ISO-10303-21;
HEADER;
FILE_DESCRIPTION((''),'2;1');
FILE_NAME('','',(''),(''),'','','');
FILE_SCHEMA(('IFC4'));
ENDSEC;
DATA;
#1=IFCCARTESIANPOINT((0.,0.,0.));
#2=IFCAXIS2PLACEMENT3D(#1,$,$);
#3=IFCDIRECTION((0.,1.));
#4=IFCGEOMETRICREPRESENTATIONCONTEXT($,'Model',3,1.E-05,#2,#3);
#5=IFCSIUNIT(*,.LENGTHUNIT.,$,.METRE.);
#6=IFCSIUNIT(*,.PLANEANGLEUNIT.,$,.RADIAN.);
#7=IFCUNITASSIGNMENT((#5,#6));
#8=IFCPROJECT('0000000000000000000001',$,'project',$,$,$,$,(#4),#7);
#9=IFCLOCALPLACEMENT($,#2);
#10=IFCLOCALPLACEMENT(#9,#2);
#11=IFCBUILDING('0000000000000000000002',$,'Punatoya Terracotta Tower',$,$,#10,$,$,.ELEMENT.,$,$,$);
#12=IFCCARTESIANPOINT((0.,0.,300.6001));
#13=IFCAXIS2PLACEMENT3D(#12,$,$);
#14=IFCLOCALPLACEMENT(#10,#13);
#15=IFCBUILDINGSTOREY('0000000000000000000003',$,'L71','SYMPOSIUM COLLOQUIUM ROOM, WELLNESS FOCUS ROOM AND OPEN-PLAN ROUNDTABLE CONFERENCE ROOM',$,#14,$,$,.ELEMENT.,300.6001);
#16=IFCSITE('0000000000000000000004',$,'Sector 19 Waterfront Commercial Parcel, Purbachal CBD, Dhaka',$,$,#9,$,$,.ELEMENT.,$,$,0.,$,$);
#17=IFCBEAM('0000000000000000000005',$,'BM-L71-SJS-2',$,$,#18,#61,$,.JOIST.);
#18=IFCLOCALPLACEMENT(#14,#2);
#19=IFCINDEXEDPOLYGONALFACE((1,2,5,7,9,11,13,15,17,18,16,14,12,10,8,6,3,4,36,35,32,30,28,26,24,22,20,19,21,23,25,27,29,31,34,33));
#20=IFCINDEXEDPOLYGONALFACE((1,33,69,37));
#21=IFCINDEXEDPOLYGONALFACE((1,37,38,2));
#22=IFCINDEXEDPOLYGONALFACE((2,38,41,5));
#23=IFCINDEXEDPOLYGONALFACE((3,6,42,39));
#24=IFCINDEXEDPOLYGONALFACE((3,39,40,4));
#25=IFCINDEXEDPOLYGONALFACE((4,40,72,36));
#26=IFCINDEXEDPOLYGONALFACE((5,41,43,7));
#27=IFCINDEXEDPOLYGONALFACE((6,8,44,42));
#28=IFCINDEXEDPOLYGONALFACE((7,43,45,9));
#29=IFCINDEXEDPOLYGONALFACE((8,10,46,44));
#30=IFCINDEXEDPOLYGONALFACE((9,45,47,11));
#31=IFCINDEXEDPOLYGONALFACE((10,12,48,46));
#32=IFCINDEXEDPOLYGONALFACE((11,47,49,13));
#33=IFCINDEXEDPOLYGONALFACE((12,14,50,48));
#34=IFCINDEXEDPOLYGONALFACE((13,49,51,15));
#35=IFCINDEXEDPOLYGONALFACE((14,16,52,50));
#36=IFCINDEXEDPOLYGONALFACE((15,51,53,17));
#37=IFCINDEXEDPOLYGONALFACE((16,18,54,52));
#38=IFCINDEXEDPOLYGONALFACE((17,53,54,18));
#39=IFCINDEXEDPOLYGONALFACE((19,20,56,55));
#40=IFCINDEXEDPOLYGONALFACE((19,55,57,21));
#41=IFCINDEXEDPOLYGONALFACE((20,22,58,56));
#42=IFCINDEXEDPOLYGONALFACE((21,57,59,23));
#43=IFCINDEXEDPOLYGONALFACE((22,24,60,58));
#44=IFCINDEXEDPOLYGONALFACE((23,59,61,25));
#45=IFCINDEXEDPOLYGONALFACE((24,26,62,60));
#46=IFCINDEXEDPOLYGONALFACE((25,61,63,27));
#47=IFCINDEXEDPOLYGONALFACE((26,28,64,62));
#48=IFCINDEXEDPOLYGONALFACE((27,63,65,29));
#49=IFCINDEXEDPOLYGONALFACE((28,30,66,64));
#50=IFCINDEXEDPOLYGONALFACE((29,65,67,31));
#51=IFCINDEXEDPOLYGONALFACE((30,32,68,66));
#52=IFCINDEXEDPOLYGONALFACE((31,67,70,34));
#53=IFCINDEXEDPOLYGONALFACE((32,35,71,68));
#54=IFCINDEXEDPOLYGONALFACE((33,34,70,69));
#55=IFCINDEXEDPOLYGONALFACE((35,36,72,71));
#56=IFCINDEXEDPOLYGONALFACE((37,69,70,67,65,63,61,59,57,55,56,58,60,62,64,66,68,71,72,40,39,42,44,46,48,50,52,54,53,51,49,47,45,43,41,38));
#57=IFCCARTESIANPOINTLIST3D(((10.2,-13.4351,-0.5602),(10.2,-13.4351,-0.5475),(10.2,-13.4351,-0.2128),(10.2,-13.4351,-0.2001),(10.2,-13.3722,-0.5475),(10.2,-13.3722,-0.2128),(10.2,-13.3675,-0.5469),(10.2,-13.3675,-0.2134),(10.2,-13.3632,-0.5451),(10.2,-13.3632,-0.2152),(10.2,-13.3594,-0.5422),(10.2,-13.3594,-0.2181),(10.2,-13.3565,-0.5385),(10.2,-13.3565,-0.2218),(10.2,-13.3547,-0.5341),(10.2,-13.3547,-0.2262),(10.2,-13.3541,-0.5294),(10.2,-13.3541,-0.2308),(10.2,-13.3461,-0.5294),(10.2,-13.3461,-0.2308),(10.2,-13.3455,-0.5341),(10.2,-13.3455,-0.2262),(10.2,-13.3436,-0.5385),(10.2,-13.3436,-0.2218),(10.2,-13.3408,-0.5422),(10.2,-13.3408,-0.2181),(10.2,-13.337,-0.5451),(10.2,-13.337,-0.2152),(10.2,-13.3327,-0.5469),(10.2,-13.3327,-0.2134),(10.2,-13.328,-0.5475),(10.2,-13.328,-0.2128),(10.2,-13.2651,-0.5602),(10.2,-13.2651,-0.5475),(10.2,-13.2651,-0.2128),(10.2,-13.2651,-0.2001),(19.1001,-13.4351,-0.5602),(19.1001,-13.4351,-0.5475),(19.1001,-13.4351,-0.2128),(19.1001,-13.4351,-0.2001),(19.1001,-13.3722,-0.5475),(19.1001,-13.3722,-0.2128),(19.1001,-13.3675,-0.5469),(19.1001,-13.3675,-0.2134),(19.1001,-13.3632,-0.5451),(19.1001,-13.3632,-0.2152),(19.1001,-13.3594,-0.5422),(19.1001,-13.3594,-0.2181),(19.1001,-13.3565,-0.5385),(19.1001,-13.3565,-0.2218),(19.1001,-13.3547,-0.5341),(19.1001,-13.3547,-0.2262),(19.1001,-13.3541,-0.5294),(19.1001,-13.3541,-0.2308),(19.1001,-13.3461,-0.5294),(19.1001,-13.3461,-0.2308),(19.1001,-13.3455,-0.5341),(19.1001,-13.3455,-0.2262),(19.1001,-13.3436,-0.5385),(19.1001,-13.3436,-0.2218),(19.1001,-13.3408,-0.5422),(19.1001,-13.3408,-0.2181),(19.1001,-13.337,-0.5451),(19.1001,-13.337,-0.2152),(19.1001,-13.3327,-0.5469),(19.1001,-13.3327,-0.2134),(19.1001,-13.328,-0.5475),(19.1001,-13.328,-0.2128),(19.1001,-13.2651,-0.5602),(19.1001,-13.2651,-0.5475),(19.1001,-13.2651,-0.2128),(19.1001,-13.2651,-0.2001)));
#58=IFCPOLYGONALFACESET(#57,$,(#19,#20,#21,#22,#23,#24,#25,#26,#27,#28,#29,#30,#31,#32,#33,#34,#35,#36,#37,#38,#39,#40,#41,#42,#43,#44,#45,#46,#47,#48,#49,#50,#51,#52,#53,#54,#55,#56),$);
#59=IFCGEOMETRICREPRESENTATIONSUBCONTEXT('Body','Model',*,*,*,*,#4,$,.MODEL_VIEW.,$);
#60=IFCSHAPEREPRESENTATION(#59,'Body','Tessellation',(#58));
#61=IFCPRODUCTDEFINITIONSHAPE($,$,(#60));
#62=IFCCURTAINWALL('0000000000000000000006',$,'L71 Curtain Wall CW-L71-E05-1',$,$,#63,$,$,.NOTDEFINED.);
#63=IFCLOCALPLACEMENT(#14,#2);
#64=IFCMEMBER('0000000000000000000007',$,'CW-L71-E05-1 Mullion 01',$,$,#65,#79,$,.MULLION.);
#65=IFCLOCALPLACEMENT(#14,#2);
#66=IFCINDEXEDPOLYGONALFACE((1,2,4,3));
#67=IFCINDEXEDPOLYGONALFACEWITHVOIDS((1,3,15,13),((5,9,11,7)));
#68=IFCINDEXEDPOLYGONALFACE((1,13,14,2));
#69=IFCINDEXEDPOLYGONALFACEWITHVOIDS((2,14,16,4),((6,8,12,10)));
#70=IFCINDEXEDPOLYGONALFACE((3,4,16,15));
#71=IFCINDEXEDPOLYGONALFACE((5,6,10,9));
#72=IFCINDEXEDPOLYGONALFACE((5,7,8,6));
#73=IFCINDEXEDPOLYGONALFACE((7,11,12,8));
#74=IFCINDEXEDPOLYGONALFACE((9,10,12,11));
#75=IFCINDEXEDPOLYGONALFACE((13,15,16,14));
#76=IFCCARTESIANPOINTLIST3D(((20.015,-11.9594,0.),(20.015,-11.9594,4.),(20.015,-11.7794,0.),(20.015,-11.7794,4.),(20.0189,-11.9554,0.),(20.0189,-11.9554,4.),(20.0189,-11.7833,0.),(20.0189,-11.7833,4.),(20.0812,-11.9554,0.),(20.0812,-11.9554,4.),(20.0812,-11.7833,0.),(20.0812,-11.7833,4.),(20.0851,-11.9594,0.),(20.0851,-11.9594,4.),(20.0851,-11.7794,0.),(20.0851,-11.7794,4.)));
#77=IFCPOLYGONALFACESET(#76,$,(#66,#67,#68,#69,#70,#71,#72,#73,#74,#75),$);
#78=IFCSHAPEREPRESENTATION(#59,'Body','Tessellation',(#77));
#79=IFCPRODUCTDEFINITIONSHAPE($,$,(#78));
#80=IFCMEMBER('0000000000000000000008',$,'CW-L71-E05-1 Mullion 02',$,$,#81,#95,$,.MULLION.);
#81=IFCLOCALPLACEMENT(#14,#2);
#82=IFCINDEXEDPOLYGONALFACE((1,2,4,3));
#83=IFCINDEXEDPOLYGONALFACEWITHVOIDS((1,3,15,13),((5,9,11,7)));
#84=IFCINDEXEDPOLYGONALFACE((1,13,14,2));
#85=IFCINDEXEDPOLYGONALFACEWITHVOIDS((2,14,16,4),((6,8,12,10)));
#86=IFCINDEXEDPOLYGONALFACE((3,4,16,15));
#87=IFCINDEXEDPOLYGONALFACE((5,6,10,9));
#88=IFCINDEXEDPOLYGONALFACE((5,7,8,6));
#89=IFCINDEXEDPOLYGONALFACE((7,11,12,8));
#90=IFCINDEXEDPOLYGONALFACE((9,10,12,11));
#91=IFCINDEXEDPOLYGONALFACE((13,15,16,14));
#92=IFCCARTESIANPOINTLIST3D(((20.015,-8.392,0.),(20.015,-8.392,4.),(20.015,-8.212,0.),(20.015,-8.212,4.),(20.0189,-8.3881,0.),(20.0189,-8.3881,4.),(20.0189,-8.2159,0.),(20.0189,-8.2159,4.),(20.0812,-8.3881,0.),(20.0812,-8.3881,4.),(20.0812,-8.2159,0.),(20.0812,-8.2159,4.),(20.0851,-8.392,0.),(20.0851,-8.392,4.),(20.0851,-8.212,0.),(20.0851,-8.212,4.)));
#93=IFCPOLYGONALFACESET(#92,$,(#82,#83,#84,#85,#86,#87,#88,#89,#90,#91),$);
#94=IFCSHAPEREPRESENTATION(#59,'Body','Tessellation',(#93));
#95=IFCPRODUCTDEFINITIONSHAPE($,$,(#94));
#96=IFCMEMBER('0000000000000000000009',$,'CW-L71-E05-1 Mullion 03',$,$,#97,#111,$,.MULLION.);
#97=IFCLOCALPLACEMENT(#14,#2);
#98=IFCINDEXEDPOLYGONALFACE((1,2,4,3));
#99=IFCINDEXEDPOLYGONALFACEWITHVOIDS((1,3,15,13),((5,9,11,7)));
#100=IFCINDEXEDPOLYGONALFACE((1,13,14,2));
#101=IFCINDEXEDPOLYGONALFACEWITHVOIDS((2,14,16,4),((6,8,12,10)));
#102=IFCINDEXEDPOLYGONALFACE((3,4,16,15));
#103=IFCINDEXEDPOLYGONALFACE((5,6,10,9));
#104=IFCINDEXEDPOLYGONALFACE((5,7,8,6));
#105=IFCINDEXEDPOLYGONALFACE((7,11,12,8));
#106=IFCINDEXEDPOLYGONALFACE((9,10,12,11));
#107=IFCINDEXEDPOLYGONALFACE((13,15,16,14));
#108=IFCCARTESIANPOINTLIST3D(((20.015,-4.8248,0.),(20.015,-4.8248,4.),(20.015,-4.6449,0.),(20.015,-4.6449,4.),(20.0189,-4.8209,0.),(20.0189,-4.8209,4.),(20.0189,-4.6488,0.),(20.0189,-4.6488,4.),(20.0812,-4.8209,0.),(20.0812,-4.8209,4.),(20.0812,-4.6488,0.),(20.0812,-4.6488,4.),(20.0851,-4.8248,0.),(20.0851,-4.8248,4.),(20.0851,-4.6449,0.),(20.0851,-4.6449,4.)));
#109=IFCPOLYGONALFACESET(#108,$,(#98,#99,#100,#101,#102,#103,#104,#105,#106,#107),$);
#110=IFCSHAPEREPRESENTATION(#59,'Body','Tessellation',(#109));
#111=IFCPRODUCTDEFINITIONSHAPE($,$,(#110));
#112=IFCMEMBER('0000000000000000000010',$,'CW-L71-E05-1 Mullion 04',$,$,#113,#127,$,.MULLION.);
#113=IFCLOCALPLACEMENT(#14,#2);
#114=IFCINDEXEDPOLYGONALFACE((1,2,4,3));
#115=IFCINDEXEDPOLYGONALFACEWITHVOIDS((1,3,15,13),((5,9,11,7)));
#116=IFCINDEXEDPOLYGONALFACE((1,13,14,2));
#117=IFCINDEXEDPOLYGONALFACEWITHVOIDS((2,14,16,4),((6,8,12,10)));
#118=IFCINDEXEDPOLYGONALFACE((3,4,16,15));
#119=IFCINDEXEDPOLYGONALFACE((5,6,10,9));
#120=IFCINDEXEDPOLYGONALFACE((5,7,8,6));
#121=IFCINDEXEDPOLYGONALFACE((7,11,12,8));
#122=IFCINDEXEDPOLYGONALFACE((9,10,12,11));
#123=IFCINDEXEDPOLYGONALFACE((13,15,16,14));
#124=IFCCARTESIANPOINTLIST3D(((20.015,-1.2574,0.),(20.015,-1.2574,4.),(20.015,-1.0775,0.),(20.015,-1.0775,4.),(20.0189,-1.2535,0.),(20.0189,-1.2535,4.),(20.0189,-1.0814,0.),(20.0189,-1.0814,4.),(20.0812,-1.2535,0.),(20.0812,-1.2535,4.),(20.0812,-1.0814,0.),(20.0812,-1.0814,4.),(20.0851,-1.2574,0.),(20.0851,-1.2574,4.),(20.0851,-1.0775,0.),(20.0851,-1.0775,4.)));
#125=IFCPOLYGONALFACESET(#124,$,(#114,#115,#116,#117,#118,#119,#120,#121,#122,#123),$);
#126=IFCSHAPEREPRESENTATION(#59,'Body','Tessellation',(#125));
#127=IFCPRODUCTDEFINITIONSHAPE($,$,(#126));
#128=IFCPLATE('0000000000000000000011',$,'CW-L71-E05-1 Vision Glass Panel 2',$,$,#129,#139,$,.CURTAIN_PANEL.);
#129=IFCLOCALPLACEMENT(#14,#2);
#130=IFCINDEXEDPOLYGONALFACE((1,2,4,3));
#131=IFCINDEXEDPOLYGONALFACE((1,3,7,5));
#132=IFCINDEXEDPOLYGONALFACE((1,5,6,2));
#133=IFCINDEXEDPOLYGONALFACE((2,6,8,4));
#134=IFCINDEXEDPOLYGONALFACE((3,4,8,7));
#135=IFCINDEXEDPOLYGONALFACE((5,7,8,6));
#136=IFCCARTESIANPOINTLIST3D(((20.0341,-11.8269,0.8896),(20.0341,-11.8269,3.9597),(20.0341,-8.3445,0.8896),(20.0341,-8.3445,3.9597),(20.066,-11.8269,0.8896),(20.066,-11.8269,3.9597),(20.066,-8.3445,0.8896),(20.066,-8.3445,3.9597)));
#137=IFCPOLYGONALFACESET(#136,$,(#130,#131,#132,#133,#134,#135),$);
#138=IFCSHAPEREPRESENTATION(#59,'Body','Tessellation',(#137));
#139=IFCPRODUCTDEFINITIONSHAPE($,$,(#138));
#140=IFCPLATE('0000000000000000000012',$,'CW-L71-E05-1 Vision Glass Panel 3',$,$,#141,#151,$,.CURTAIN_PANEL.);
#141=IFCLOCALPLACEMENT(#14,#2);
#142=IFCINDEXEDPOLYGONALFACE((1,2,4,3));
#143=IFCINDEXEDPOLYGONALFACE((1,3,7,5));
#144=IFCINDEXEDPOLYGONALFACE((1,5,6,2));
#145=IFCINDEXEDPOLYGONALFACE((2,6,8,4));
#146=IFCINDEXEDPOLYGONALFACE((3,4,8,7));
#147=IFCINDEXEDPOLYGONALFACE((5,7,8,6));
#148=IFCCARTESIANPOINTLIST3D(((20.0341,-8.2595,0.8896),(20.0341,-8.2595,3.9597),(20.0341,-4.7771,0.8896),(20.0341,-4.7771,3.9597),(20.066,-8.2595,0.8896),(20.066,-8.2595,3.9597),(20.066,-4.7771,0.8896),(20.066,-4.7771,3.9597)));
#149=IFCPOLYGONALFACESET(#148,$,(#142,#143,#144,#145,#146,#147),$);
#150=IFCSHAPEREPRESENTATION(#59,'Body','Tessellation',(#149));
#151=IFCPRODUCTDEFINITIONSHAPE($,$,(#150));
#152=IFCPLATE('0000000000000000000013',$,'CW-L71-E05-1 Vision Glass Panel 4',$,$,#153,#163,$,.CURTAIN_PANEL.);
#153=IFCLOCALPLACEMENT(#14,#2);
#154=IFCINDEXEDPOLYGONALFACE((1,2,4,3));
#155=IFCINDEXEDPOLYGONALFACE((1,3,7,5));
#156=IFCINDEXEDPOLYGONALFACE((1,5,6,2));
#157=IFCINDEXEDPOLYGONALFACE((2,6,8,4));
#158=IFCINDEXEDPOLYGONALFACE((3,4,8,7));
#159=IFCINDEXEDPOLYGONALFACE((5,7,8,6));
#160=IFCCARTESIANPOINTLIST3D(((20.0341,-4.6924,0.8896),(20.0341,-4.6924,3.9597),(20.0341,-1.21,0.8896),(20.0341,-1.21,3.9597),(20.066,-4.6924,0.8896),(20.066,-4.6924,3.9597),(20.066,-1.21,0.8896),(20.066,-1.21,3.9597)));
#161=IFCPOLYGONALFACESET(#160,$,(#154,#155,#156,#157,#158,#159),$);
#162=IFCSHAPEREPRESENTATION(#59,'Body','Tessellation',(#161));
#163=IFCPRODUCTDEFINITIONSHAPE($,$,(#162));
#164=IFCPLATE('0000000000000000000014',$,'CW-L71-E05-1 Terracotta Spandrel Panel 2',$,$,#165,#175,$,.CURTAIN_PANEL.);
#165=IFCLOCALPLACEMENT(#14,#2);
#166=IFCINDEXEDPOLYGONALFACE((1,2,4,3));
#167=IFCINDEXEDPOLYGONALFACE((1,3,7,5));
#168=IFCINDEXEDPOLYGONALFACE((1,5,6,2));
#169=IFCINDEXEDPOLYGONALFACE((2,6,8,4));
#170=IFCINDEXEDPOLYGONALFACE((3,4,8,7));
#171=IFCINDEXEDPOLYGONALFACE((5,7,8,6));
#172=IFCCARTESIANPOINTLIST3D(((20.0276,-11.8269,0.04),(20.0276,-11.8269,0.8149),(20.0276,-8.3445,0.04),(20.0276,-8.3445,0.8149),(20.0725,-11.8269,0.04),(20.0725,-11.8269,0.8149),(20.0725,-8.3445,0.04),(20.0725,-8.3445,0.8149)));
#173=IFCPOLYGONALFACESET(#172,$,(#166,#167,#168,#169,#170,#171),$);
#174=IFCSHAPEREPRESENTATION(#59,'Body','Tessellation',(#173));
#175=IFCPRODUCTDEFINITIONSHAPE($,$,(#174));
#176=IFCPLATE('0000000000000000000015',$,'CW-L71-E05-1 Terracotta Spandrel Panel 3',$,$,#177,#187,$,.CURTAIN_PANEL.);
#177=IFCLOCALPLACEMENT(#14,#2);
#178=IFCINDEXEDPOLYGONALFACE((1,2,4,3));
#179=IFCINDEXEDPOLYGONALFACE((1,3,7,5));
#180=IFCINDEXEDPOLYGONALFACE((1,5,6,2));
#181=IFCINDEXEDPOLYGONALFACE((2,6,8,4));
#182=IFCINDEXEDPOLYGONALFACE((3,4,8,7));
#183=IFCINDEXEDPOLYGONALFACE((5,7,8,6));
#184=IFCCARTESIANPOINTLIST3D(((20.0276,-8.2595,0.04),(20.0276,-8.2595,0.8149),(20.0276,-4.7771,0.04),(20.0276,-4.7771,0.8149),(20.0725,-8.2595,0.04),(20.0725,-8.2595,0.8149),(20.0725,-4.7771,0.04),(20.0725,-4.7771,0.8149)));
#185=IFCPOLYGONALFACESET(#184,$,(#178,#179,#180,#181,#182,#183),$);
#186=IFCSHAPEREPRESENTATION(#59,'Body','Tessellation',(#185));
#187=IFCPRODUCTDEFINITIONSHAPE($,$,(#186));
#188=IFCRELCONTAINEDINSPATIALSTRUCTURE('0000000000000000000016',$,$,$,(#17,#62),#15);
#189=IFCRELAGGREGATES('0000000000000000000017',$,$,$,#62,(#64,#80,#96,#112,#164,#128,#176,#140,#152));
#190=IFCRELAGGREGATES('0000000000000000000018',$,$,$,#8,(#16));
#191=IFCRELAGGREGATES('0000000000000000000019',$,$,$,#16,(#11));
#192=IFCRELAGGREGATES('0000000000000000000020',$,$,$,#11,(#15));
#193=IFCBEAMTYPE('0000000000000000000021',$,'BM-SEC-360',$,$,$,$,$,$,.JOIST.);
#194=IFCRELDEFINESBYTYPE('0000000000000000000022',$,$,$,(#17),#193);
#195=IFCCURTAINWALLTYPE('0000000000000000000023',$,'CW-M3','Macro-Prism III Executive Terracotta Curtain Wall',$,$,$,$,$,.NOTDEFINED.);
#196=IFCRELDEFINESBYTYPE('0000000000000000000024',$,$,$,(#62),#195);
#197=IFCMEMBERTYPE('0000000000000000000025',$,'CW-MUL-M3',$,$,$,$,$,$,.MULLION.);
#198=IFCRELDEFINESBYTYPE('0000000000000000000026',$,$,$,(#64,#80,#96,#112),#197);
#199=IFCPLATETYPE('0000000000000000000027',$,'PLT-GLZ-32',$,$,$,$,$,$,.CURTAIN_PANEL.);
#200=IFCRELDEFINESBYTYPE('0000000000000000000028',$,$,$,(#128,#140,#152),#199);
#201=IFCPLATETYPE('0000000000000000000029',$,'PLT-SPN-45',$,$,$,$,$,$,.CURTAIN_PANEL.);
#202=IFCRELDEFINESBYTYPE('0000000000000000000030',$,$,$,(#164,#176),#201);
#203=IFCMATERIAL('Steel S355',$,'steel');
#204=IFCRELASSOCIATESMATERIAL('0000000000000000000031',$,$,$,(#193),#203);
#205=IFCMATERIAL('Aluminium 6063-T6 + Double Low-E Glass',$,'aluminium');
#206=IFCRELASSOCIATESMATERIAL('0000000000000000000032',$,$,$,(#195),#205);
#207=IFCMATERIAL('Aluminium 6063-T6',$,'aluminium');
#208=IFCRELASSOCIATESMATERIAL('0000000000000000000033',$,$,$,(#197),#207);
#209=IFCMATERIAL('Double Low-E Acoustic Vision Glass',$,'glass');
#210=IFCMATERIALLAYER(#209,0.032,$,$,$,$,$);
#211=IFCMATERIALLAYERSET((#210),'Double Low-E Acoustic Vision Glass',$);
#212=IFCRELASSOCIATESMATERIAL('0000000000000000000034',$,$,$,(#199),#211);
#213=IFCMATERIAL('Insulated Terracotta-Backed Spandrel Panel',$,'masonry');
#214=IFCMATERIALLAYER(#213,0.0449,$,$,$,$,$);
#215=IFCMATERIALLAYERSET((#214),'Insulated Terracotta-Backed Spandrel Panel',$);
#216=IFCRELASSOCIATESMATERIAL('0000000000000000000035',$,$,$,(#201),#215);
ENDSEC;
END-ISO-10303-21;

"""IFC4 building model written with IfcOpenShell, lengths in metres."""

from ifc_helpers import new_model, si_unit, direction, frame, origin, origin_2d, place, context, subcontext, project, spatial, rectangle, hollow_rectangle, i_section, extrude, material, layer, layer_set, material_profile, profile_set, type_object, element, aggregate, save


model = new_model("IFC4")

# Units and contexts
model_context = context("Model", 3, precision=1e-05, world=origin(), true_north=direction((0.0, 1.0)))
body_context = subcontext(model_context, "Body", "Model", "MODEL_VIEW")
ifc_project = project(units=[si_unit("LENGTHUNIT", "METRE"), si_unit("PLANEANGLEUNIT", "RADIAN")], contexts=[model_context])

# Site, building, storey
site_placement = place(None, origin())
site = spatial("IfcSite", under=ifc_project, at=site_placement, Name="Sector 19 Waterfront Commercial Parcel, Purbachal CBD, Dhaka", CompositionType="ELEMENT", RefElevation=0.0)
building_placement = place(site_placement, origin())
building = spatial("IfcBuilding", under=site, at=building_placement, Name="Punatoya Terracotta Tower", CompositionType="ELEMENT")
storey_placement = place(building_placement, frame((0.0, 0.0, 300.6001)))
storey = spatial("IfcBuildingStorey", under=building, at=storey_placement, Name="L71", Description="SYMPOSIUM COLLOQUIUM ROOM, WELLNESS FOCUS ROOM AND OPEN-PLAN ROUNDTABLE CONFERENCE ROOM", CompositionType="ELEMENT", Elevation=300.6001)

# Beam
ifc_material_1 = material(Name="Steel S355", Category="steel")
ifc_material_profile_1 = material_profile(ifc_material_1, i_section(OverallWidth=0.1699, OverallDepth=0.3601, WebThickness=0.0081, FlangeThickness=0.0127, FilletRadius=0.0181, at=origin_2d()))
ifc_profile_set_1 = profile_set([ifc_material_profile_1], Name="Steel S355")
beam_type_1 = type_object("IfcBeamType", Name="BM-SEC-360", PredefinedType="JOIST", material=ifc_profile_set_1)
beam_1_placement = place(storey_placement, frame((10.2, -13.3501, -0.3801), z_axis=(1.0, 0.0, 0.0), x_axis=(0.0, 1.0, 0.0)))
element("IfcBeam", 1, at=beam_1_placement, inside=storey, type_object=beam_type_1, Name="BM-L71-SJS-2", PredefinedType="JOIST", context=body_context, shape_type="SweptSolid", body=[
    extrude(i_section(OverallWidth=0.1699, OverallDepth=0.3601, WebThickness=0.0081, FlangeThickness=0.0127, FilletRadius=0.0181, at=origin_2d()), origin(), (0.0, 0.0, 1.0), 8.9001),
])

# Curtain wall, members, plates
ifc_material_2 = material(Name="Aluminium 6063-T6 + Double Low-E Glass", Category="aluminium")
curtain_wall_type = type_object("IfcCurtainWallType", Name="CW-M3", Description="Macro-Prism III Executive Terracotta Curtain Wall", PredefinedType="NOTDEFINED", material=ifc_material_2)
curtain_wall_placement = place(storey_placement, origin())
curtain_wall = element("IfcCurtainWall", 2, at=curtain_wall_placement, inside=storey, type_object=curtain_wall_type, Name="L71 Curtain Wall CW-L71-E05-1", PredefinedType="NOTDEFINED")
ifc_material_3 = material(Name="Aluminium 6063-T6", Category="aluminium")
ifc_material_profile_2 = material_profile(ifc_material_3, hollow_rectangle(XDim=0.0701, YDim=0.1799, WallThickness=0.0039, at=origin_2d()))
ifc_profile_set_2 = profile_set([ifc_material_profile_2], Name="Aluminium 6063-T6")
member_type = type_object("IfcMemberType", Name="CW-MUL-M3", PredefinedType="MULLION", material=ifc_profile_set_2)
member_1_placement = place(storey_placement, frame((20.05, -11.8694, 0.0), z_axis=(0.0, 0.0, 1.0), x_axis=(1.0, 0.0, 0.0)))
member_1 = element("IfcMember", 3, at=member_1_placement, type_object=member_type, Name="CW-L71-E05-1 Mullion 01", PredefinedType="MULLION", context=body_context, shape_type="SweptSolid", body=[
    extrude(hollow_rectangle(XDim=0.0701, YDim=0.1799, WallThickness=0.0039, at=origin_2d()), origin(), (0.0, 0.0, 1.0), 4.0),
])
member_2_placement = place(storey_placement, frame((20.05, -8.302, 0.0), z_axis=(0.0, 0.0, 1.0), x_axis=(1.0, 0.0, 0.0)))
member_2 = element("IfcMember", 4, at=member_2_placement, type_object=member_type, Name="CW-L71-E05-1 Mullion 02", PredefinedType="MULLION", context=body_context, shape_type="SweptSolid", body=[
    extrude(hollow_rectangle(XDim=0.0701, YDim=0.1799, WallThickness=0.0039, at=origin_2d()), origin(), (0.0, 0.0, 1.0), 4.0),
])
member_3_placement = place(storey_placement, frame((20.05, -4.7349, 0.0), z_axis=(0.0, 0.0, 1.0), x_axis=(1.0, 0.0, 0.0)))
member_3 = element("IfcMember", 5, at=member_3_placement, type_object=member_type, Name="CW-L71-E05-1 Mullion 03", PredefinedType="MULLION", context=body_context, shape_type="SweptSolid", body=[
    extrude(hollow_rectangle(XDim=0.0701, YDim=0.1799, WallThickness=0.0039, at=origin_2d()), origin(), (0.0, 0.0, 1.0), 4.0),
])
member_4_placement = place(storey_placement, frame((20.05, -1.1675, 0.0), z_axis=(0.0, 0.0, 1.0), x_axis=(1.0, 0.0, 0.0)))
member_4 = element("IfcMember", 6, at=member_4_placement, type_object=member_type, Name="CW-L71-E05-1 Mullion 04", PredefinedType="MULLION", context=body_context, shape_type="SweptSolid", body=[
    extrude(hollow_rectangle(XDim=0.0701, YDim=0.1799, WallThickness=0.0039, at=origin_2d()), origin(), (0.0, 0.0, 1.0), 4.0),
])
ifc_material_4 = material(Name="Double Low-E Acoustic Vision Glass", Category="glass")
ifc_layer_1 = layer(ifc_material_4, 0.032)
ifc_layer_set_1 = layer_set([ifc_layer_1], Name="Double Low-E Acoustic Vision Glass")
plate_type_1 = type_object("IfcPlateType", Name="PLT-GLZ-32", PredefinedType="CURTAIN_PANEL", material=ifc_layer_set_1)
plate_1_placement = place(storey_placement, frame((20.05, -10.0857, 0.8896), z_axis=(0.0, 0.0, 1.0), x_axis=(0.0, 1.0, 0.0)))
plate_1 = element("IfcPlate", 7, at=plate_1_placement, type_object=plate_type_1, Name="CW-L71-E05-1 Vision Glass Panel 2", PredefinedType="CURTAIN_PANEL", context=body_context, shape_type="SweptSolid", body=[
    extrude(rectangle(XDim=3.4824, YDim=0.032, at=origin_2d()), origin(), (0.0, 0.0, 1.0), 3.0701),
])
plate_2_placement = place(storey_placement, frame((20.05, -6.5183, 0.8896), z_axis=(0.0, 0.0, 1.0), x_axis=(0.0, 1.0, 0.0)))
plate_2 = element("IfcPlate", 8, at=plate_2_placement, type_object=plate_type_1, Name="CW-L71-E05-1 Vision Glass Panel 3", PredefinedType="CURTAIN_PANEL", context=body_context, shape_type="SweptSolid", body=[
    extrude(rectangle(XDim=3.4824, YDim=0.032, at=origin_2d()), origin(), (0.0, 0.0, 1.0), 3.0701),
])
plate_3_placement = place(storey_placement, frame((20.05, -2.9512, 0.8896), z_axis=(0.0, 0.0, 1.0), x_axis=(0.0, 1.0, 0.0)))
plate_3 = element("IfcPlate", 9, at=plate_3_placement, type_object=plate_type_1, Name="CW-L71-E05-1 Vision Glass Panel 4", PredefinedType="CURTAIN_PANEL", context=body_context, shape_type="SweptSolid", body=[
    extrude(rectangle(XDim=3.4824, YDim=0.032, at=origin_2d()), origin(), (0.0, 0.0, 1.0), 3.0701),
])
ifc_material_5 = material(Name="Insulated Terracotta-Backed Spandrel Panel", Category="masonry")
ifc_layer_2 = layer(ifc_material_5, 0.0449)
ifc_layer_set_2 = layer_set([ifc_layer_2], Name="Insulated Terracotta-Backed Spandrel Panel")
plate_type_2 = type_object("IfcPlateType", Name="PLT-SPN-45", PredefinedType="CURTAIN_PANEL", material=ifc_layer_set_2)
plate_4_placement = place(storey_placement, frame((20.05, -10.0857, 0.04), z_axis=(0.0, 0.0, 1.0), x_axis=(0.0, 1.0, 0.0)))
plate_4 = element("IfcPlate", 10, at=plate_4_placement, type_object=plate_type_2, Name="CW-L71-E05-1 Terracotta Spandrel Panel 2", PredefinedType="CURTAIN_PANEL", context=body_context, shape_type="SweptSolid", body=[
    extrude(rectangle(XDim=3.4824, YDim=0.0449, at=origin_2d()), origin(), (0.0, 0.0, 1.0), 0.7749),
])
plate_5_placement = place(storey_placement, frame((20.05, -6.5183, 0.04), z_axis=(0.0, 0.0, 1.0), x_axis=(0.0, 1.0, 0.0)))
plate_5 = element("IfcPlate", 11, at=plate_5_placement, type_object=plate_type_2, Name="CW-L71-E05-1 Terracotta Spandrel Panel 3", PredefinedType="CURTAIN_PANEL", context=body_context, shape_type="SweptSolid", body=[
    extrude(rectangle(XDim=3.4824, YDim=0.0449, at=origin_2d()), origin(), (0.0, 0.0, 1.0), 0.7749),
])
aggregate(curtain_wall, [member_1, member_2, member_3, member_4, plate_4, plate_1, plate_5, plate_2, plate_3])

save(model, "model.ifc")
